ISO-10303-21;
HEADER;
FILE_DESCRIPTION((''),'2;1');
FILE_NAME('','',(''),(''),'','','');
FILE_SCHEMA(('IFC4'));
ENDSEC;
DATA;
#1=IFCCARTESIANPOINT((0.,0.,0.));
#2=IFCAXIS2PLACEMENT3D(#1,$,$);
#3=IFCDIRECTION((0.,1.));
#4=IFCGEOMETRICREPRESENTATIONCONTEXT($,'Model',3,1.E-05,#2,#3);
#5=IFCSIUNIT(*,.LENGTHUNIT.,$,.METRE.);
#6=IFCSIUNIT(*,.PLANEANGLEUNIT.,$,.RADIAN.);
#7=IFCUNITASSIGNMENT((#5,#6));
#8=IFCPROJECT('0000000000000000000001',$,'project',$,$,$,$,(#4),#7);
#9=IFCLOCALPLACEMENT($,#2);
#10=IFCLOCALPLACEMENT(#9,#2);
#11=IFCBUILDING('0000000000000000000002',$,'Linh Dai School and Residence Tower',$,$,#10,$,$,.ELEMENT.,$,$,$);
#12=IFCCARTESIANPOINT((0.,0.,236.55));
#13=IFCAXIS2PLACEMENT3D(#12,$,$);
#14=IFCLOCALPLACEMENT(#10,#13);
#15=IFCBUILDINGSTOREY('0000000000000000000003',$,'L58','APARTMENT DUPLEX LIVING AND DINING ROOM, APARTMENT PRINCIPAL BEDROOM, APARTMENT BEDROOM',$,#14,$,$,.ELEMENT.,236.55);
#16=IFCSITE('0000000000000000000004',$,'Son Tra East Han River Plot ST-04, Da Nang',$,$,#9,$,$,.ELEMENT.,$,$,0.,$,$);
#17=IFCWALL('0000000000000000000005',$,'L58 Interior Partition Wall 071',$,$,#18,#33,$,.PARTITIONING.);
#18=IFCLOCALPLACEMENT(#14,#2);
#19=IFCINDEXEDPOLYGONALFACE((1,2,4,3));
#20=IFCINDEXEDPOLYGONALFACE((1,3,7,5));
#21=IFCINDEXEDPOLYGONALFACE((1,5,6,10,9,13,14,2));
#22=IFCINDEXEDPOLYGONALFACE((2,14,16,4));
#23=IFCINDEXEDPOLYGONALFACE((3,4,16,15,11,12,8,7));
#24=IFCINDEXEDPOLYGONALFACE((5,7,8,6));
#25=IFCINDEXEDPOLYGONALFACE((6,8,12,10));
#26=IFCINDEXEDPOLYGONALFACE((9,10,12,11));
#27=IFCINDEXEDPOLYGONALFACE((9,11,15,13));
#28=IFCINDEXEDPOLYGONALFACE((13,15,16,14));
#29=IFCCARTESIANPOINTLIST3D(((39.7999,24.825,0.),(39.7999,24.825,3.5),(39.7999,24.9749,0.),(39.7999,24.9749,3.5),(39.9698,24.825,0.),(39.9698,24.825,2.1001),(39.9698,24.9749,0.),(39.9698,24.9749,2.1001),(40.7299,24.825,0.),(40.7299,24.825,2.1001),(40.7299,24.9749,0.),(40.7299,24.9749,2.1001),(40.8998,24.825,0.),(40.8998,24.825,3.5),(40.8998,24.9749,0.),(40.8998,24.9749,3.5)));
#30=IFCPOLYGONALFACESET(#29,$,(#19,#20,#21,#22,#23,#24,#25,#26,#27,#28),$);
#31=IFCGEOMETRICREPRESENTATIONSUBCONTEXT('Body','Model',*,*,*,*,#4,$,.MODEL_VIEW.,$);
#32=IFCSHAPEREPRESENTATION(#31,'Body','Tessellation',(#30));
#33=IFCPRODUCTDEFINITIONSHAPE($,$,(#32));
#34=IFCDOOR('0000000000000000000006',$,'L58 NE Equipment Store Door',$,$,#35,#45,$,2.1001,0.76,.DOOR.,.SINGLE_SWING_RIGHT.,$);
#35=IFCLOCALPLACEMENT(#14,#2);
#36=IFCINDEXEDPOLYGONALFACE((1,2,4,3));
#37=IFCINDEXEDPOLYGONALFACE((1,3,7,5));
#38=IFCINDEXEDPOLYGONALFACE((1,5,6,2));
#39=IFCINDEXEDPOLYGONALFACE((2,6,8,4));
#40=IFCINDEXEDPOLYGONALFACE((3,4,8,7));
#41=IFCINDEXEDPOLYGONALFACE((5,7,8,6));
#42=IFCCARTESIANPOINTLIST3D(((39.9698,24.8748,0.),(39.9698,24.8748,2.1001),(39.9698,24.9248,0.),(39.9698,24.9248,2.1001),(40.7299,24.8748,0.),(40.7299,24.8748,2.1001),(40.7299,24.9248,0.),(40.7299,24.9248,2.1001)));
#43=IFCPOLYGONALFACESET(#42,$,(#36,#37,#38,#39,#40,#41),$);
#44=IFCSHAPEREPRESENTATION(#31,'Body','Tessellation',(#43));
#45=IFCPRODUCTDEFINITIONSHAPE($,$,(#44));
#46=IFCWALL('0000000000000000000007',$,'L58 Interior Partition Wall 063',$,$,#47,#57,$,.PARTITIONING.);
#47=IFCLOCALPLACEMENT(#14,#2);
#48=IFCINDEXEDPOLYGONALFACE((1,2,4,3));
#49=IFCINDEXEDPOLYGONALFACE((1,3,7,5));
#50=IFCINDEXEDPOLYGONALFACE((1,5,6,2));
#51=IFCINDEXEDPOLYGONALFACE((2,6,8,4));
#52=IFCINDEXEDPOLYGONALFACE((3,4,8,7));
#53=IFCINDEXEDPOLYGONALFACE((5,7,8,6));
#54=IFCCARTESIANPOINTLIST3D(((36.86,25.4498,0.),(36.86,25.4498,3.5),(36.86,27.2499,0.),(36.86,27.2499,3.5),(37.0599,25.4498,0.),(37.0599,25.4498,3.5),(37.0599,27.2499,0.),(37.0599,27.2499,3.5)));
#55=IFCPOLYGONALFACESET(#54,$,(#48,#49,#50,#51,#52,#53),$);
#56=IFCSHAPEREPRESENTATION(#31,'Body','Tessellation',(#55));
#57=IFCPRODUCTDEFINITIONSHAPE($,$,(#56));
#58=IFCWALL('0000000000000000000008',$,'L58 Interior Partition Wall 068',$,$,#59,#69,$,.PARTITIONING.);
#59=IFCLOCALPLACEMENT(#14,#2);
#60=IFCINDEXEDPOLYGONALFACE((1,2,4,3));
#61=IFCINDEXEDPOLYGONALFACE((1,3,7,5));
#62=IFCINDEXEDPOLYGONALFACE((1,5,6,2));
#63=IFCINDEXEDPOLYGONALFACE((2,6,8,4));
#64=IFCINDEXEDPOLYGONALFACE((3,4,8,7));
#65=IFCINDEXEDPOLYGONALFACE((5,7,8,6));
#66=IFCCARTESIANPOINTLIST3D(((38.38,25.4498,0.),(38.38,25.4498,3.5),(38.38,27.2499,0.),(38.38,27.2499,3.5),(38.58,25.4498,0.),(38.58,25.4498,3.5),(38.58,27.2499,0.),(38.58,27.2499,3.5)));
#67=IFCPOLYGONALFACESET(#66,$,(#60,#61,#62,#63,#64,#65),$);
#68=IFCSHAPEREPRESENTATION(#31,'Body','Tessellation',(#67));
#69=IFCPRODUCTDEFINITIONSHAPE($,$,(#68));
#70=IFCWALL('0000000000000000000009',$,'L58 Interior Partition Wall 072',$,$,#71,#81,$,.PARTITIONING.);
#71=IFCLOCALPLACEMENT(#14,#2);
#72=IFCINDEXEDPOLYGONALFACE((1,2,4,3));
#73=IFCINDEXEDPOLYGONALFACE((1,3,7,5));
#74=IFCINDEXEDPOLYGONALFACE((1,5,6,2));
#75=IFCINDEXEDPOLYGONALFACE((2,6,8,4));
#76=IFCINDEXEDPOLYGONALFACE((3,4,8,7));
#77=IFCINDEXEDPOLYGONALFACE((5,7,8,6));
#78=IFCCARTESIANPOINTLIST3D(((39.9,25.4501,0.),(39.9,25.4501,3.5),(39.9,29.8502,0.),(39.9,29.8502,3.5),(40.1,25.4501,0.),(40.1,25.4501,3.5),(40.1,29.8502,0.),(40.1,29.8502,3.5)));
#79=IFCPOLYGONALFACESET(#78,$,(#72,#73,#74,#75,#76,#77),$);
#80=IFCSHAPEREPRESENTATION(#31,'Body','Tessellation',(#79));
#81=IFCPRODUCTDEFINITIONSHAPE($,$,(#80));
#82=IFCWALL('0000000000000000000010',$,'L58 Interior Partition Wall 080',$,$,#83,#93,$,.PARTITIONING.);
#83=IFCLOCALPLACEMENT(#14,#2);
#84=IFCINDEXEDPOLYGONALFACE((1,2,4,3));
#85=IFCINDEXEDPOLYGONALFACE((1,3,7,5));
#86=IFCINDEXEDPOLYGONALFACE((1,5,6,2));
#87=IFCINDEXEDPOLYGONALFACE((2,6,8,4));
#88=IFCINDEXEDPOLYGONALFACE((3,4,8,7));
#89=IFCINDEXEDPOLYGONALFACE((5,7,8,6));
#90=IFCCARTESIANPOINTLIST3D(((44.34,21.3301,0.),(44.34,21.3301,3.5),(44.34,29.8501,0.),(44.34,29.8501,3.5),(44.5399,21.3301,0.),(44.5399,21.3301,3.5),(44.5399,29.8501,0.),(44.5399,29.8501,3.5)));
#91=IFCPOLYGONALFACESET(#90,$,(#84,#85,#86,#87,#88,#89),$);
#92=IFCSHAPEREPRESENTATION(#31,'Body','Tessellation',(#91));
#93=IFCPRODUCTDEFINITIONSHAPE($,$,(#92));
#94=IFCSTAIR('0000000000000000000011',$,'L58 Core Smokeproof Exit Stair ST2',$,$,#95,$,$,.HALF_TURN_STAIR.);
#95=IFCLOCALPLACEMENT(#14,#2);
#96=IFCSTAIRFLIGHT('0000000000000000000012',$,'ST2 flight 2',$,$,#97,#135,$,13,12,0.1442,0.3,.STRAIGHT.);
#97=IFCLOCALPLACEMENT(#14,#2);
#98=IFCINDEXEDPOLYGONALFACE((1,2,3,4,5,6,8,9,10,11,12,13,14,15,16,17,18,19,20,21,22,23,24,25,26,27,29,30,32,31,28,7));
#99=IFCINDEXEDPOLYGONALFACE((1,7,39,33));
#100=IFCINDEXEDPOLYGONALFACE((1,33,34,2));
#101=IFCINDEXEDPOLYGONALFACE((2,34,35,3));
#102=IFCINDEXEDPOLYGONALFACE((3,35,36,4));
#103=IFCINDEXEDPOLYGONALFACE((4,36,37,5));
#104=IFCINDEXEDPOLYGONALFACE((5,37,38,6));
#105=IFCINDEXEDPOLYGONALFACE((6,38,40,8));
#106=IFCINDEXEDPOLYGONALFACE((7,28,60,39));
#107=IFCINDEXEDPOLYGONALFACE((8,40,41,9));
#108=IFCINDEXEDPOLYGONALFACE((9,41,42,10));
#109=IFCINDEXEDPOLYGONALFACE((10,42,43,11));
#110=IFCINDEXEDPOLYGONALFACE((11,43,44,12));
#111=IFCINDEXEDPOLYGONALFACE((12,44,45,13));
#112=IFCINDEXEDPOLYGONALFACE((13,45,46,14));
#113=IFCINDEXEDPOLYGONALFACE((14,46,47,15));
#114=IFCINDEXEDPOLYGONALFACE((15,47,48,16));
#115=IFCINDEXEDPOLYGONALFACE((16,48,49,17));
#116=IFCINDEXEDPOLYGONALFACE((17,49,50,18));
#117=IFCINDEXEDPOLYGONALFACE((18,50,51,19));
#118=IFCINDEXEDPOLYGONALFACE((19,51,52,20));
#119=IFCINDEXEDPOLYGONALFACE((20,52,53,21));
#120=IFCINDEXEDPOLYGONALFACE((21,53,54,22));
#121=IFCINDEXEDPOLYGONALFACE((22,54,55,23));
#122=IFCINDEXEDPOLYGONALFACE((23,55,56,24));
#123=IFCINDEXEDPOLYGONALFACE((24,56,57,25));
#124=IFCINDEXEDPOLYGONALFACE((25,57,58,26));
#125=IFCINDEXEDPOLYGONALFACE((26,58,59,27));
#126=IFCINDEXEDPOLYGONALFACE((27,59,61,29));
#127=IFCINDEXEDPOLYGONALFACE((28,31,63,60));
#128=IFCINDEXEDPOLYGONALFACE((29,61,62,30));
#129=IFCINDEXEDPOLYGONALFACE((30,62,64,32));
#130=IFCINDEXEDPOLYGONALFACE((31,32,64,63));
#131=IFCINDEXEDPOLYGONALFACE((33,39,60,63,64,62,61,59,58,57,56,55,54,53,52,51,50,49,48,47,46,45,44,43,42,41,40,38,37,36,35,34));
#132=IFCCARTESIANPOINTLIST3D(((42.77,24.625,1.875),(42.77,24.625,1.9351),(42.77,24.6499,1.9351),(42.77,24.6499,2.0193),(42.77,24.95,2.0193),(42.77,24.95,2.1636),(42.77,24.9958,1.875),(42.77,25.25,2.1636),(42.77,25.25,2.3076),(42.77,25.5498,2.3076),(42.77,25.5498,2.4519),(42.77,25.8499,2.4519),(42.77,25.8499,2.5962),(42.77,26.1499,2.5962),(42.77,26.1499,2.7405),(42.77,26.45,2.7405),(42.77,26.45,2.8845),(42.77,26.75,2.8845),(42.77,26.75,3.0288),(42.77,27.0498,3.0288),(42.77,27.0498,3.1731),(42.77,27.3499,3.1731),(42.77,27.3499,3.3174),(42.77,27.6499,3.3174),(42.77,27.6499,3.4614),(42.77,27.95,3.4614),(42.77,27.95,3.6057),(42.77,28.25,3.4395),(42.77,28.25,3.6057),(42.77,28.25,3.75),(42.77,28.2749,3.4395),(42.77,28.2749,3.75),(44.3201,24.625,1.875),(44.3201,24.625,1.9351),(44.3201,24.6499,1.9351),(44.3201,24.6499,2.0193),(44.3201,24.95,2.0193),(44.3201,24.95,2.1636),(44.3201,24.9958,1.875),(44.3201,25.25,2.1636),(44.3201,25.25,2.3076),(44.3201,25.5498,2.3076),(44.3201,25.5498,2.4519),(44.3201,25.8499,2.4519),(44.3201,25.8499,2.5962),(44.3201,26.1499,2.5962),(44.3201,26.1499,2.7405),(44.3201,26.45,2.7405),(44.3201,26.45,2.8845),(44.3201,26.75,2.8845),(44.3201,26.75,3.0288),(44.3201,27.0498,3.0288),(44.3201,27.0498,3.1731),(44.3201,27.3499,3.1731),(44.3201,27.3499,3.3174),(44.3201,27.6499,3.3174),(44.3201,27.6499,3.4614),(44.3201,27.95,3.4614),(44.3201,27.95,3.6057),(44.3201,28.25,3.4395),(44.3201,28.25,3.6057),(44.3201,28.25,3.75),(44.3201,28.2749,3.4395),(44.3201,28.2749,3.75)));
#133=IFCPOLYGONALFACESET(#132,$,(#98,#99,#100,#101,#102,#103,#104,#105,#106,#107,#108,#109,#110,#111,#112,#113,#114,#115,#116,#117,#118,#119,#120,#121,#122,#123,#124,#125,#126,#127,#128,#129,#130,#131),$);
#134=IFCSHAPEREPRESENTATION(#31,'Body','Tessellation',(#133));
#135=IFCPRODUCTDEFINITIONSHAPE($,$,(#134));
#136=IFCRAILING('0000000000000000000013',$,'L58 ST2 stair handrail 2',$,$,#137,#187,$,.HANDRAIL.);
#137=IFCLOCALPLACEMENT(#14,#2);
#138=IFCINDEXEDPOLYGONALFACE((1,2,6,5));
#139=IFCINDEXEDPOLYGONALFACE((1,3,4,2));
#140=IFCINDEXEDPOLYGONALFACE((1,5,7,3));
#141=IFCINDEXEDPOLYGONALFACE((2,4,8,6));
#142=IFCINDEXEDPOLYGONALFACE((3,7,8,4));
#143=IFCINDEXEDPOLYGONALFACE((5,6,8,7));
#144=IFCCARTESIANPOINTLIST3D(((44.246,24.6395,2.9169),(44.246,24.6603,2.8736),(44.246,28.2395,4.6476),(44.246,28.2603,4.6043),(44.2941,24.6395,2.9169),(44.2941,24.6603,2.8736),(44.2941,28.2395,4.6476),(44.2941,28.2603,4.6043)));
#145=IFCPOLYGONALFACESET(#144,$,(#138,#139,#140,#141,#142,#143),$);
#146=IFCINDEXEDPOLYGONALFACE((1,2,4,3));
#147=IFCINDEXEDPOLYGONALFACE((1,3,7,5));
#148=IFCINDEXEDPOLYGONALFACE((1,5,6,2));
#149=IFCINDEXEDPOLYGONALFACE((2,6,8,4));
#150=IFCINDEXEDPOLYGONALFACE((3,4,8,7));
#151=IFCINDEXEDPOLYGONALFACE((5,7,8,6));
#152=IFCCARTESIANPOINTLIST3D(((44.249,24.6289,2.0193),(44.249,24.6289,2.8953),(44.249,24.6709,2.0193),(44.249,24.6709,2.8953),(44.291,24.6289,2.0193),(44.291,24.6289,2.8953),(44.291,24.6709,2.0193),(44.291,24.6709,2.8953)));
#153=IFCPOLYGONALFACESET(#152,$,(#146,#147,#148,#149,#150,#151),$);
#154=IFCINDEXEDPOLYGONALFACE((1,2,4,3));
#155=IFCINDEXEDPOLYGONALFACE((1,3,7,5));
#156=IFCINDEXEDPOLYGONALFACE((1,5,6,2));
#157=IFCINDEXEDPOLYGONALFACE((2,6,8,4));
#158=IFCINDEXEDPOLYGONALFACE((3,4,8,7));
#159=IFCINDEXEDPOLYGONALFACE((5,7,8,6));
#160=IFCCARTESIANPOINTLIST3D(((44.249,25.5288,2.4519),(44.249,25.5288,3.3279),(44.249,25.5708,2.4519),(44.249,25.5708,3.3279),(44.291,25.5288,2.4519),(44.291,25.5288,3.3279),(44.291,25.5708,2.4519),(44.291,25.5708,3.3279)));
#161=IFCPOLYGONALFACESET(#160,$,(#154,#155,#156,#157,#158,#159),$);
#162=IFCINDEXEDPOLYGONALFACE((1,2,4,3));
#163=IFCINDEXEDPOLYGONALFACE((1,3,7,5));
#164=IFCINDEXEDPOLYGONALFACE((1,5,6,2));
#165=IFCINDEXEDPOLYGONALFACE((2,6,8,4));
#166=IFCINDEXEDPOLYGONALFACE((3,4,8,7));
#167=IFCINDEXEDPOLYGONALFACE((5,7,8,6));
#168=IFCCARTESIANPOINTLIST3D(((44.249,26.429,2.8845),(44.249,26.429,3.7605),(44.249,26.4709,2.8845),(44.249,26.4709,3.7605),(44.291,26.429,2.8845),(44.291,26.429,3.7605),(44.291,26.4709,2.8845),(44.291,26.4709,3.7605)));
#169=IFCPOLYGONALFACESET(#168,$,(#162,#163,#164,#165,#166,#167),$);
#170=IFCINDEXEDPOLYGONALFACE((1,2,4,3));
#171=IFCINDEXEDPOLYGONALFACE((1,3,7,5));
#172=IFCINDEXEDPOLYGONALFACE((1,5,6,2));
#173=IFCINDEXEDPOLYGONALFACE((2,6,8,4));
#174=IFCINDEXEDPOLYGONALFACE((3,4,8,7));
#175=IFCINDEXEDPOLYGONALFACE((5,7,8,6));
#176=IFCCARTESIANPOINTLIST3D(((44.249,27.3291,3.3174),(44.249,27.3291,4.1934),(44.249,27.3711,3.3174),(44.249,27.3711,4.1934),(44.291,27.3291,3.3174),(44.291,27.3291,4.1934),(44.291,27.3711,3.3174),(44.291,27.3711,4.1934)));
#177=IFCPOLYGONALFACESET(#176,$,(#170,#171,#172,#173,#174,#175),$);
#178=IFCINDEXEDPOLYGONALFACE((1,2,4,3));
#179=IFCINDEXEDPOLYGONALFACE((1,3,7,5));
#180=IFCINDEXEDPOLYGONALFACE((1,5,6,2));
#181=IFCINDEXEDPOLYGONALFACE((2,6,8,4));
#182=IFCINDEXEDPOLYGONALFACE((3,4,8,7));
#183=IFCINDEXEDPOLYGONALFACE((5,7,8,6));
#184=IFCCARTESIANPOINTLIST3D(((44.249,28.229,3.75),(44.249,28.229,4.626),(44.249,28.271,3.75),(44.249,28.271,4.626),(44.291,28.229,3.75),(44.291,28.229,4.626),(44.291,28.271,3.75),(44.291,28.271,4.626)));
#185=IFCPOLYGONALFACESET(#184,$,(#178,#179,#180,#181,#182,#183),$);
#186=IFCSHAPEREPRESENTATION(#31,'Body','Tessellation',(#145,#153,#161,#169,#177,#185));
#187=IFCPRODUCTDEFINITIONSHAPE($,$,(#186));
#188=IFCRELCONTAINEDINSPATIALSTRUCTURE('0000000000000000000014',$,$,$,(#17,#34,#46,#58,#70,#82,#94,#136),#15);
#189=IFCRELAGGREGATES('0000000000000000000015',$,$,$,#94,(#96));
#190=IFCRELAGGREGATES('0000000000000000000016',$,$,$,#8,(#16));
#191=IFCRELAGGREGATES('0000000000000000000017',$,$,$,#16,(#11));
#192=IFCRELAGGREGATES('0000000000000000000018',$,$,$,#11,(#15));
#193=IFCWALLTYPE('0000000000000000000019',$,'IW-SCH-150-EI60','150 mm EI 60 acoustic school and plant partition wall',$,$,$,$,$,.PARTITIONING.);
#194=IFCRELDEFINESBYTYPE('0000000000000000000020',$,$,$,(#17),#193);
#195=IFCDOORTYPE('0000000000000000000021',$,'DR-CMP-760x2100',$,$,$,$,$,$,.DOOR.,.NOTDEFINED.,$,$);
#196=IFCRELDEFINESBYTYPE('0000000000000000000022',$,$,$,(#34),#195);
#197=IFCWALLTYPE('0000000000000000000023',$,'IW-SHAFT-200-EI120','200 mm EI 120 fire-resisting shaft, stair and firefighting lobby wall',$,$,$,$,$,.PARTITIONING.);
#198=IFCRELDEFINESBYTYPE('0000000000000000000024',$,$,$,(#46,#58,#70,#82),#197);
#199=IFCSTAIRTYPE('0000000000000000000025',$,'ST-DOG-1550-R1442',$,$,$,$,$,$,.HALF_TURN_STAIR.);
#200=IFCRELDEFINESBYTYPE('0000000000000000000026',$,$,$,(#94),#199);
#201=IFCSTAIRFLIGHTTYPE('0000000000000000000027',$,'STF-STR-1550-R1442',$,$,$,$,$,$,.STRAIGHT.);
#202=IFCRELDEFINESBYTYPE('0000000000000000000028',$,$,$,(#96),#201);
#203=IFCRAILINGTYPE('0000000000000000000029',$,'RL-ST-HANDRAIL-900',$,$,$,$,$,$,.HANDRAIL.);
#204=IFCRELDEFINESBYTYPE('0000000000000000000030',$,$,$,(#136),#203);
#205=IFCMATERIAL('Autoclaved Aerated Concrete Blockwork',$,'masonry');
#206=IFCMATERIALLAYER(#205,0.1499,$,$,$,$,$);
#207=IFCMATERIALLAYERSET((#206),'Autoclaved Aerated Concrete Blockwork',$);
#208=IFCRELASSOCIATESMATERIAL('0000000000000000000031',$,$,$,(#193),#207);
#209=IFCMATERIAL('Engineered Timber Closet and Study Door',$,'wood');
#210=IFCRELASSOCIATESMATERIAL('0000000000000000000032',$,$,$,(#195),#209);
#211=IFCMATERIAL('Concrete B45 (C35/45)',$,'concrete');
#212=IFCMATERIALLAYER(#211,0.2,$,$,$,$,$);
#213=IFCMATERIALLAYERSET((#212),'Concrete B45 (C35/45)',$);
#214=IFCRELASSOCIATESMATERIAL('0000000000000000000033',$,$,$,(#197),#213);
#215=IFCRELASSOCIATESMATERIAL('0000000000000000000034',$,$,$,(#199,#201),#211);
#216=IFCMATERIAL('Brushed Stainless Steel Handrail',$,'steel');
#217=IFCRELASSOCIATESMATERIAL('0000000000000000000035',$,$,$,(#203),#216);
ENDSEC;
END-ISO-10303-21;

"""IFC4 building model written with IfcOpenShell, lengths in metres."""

from ifc_helpers import new_model, si_unit, direction, frame, frame_2d, origin, origin_2d, place, context, subcontext, project, spatial, polyline, rectangle, outline, extrude, source, transform, mapped, material, layer, layer_set, type_object, element, fill, aggregate, save


model = new_model("IFC4")

# Units and contexts
model_context = context("Model", 3, precision=1e-05, world=origin(), true_north=direction((0.0, 1.0)))
body_context = subcontext(model_context, "Body", "Model", "MODEL_VIEW")
ifc_project = project(units=[si_unit("LENGTHUNIT", "METRE"), si_unit("PLANEANGLEUNIT", "RADIAN")], contexts=[model_context])

# Site, building, storey
site_placement = place(None, origin())
site = spatial("IfcSite", under=ifc_project, at=site_placement, Name="Son Tra East Han River Plot ST-04, Da Nang", CompositionType="ELEMENT", RefElevation=0.0)
building_placement = place(site_placement, origin())
building = spatial("IfcBuilding", under=site, at=building_placement, Name="Linh Dai School and Residence Tower", CompositionType="ELEMENT")
storey_placement = place(building_placement, frame((0.0, 0.0, 236.55)))
storey = spatial("IfcBuildingStorey", under=building, at=storey_placement, Name="L58", Description="APARTMENT DUPLEX LIVING AND DINING ROOM, APARTMENT PRINCIPAL BEDROOM, APARTMENT BEDROOM", CompositionType="ELEMENT", Elevation=236.55)

# Shared definitions
ifc_material_1 = material(Name="Autoclaved Aerated Concrete Blockwork", Category="masonry")

# Wall, opening, door
ifc_layer_1 = layer(ifc_material_1, 0.1499)
ifc_layer_set_1 = layer_set([ifc_layer_1], Name="Autoclaved Aerated Concrete Blockwork")
wall_type_1 = type_object("IfcWallType", Name="IW-SCH-150-EI60", Description="150 mm EI 60 acoustic school and plant partition wall", PredefinedType="PARTITIONING", material=ifc_layer_set_1)
wall_1_placement = place(storey_placement, frame((39.8, 24.8999, 0.0), z_axis=(0.0, 0.0, 1.0), x_axis=(1.0, 0.0, 0.0)))
wall_1 = element("IfcWall", 1, at=wall_1_placement, inside=storey, type_object=wall_type_1, Name="L58 Interior Partition Wall 071", PredefinedType="PARTITIONING", context=body_context, shape_type="SweptSolid", body=[
    extrude(rectangle(XDim=1.0999, YDim=0.1499, at=frame_2d((0.5498, 0.0))), origin(), (0.0, 0.0, 1.0), 3.5),
])
opening_1_placement = place(wall_1_placement, frame((0.1699, 0.0, 0.0)))
opening_1 = element("IfcOpeningElement", 2, at=opening_1_placement, cuts=wall_1, PredefinedType="OPENING", context=body_context, shape_type="SweptSolid", body=[
    extrude(rectangle(XDim=0.76, YDim=2.1001, at=origin_2d()), frame((0.3799, 0.085, 1.05), z_axis=(0.0, -1.0, 0.0), x_axis=(1.0, 0.0, 0.0)), (0.0, 0.0, 1.0), 0.1699),
])
ifc_material_2 = material(Name="Engineered Timber Closet and Study Door", Category="wood")
door_type_1 = type_object("IfcDoorType", Name="DR-CMP-760x2100", OperationType="NOTDEFINED", PredefinedType="DOOR", material=ifc_material_2)
shared_shape_1 = source(origin(), body_context, "Body", "SweptSolid", [
    extrude(rectangle(XDim=0.76, YDim=2.1001, at=origin_2d()), frame((0.3799, 0.0249, 1.05), z_axis=(0.0, -1.0, 0.0), x_axis=(1.0, 0.0, 0.0)), (0.0, 0.0, 1.0), 0.05),
])
door_1_placement = place(opening_1_placement, origin())
door_1 = element("IfcDoor", 3, at=door_1_placement, inside=storey, type_object=door_type_1, Name="L58 NE Equipment Store Door", OperationType="SINGLE_SWING_RIGHT", OverallHeight=2.1001, OverallWidth=0.76, PredefinedType="DOOR", context=body_context, shape_type="MappedRepresentation", body=[
    mapped(shared_shape_1, transform((0.0, 0.0, 0.0), x_axis=(1.0, 0.0, 0.0), y_axis=(0.0, 1.0, 0.0), z_axis=(0.0, 0.0, 1.0), scale=1.0)),
])
fill(opening_1, door_1)

# Walls
ifc_material_3 = material(Name="Concrete B45 (C35/45)", Category="concrete")
ifc_layer_2 = layer(ifc_material_3, 0.2)
ifc_layer_set_2 = layer_set([ifc_layer_2], Name="Concrete B45 (C35/45)")
wall_type_2 = type_object("IfcWallType", Name="IW-SHAFT-200-EI120", Description="200 mm EI 120 fire-resisting shaft, stair and firefighting lobby wall", PredefinedType="PARTITIONING", material=ifc_layer_set_2)
for number, where, z_axis, x_axis, name in (
    (4, (36.96, 25.45, 0.0), (0.0, 0.0, 1.0), (0.0, 1.0, 0.0), "L58 Interior Partition Wall 063"),
    (5, (38.48, 25.45, 0.0), (0.0, 0.0, 1.0), (0.0, 1.0, 0.0), "L58 Interior Partition Wall 068"),
):
    element("IfcWall", number, at=place(storey_placement, frame(where, z_axis=z_axis, x_axis=x_axis)), inside=storey, type_object=wall_type_2, Name=name, PredefinedType="PARTITIONING", context=body_context, shape_type="SweptSolid", body=[
        extrude(rectangle(XDim=1.8, YDim=0.2, at=frame_2d((0.8999, 0.0))), origin(), (0.0, 0.0, 1.0), 3.5),
    ])
wall_2_placement = place(storey_placement, frame((40.0, 25.45, 0.0), z_axis=(0.0, 0.0, 1.0), x_axis=(0.0, 1.0, 0.0)))
element("IfcWall", 6, at=wall_2_placement, inside=storey, type_object=wall_type_2, Name="L58 Interior Partition Wall 072", PredefinedType="PARTITIONING", context=body_context, shape_type="SweptSolid", body=[
    extrude(rectangle(XDim=4.4001, YDim=0.2, at=frame_2d((2.2002, 0.0))), origin(), (0.0, 0.0, 1.0), 3.5),
])
wall_3_placement = place(storey_placement, frame((44.4399, 21.3301, 0.0), z_axis=(0.0, 0.0, 1.0), x_axis=(0.0, 1.0, 0.0)))
element("IfcWall", 7, at=wall_3_placement, inside=storey, type_object=wall_type_2, Name="L58 Interior Partition Wall 080", PredefinedType="PARTITIONING", context=body_context, shape_type="SweptSolid", body=[
    extrude(rectangle(XDim=8.52, YDim=0.2, at=frame_2d((4.26, 0.0))), origin(), (0.0, 0.0, 1.0), 3.5),
])

# Stair, stair flight
stair_type = type_object("IfcStairType", Name="ST-DOG-1550-R1442", PredefinedType="HALF_TURN_STAIR", material=ifc_material_3)
stair_placement = place(storey_placement, origin())
stair = element("IfcStair", 8, at=stair_placement, inside=storey, type_object=stair_type, Name="L58 Core Smokeproof Exit Stair ST2", PredefinedType="HALF_TURN_STAIR")
stair_flight_type = type_object("IfcStairFlightType", Name="STF-STR-1550-R1442", PredefinedType="STRAIGHT", material=ifc_material_3)
shared_shape_2 = source(origin(), body_context, "Body", "SweptSolid", [
    extrude(outline(polyline([(-0.0249, 0.0), (-0.0249, 0.0601), (0.0, 0.0601), (0.0, 0.1443), (0.3, 0.1443), (0.3, 0.2886), (0.6001, 0.2886), (0.6001, 0.4326), (0.8999, 0.4326), (0.8999, 0.5769), (1.2, 0.5769), (1.2, 0.7212), (1.5, 0.7212), (1.5, 0.8655), (1.8, 0.8655), (1.8, 1.0095), (2.1001, 1.0095), (2.1001, 1.1538), (2.3999, 1.1538), (2.3999, 1.2981), (2.7, 1.2981), (2.7, 1.4424), (3.0, 1.4424), (3.0, 1.5864), (3.3, 1.5864), (3.3, 1.7307), (3.6001, 1.7307), (3.6001, 1.875), (3.625, 1.875), (3.625, 1.5645), (3.6001, 1.5645), (0.3459, 0.0), (-0.0249, 0.0)])), frame((0.0, 0.7749, 0.0), z_axis=(0.0, -1.0, 0.0), x_axis=(1.0, 0.0, 0.0)), (0.0, 0.0, 1.0), 1.55),
])
stair_flight_placement = place(storey_placement, frame((43.5449, 24.6499, 1.875), z_axis=(0.0, 0.0, 1.0), x_axis=(0.0, 1.0, 0.0)))
stair_flight = element("IfcStairFlight", 9, at=stair_flight_placement, type_object=stair_flight_type, Name="ST2 flight 2", NumberOfRisers=13, NumberOfTreads=12, PredefinedType="STRAIGHT", RiserHeight=0.1442, TreadLength=0.3, context=body_context, shape_type="MappedRepresentation", body=[
    mapped(shared_shape_2, transform((0.0, 0.0, 0.0), x_axis=(1.0, 0.0, 0.0), y_axis=(0.0, 1.0, 0.0), z_axis=(0.0, 0.0, 1.0), scale=1.0)),
])
aggregate(stair, [stair_flight])

# Railing
ifc_material_4 = material(Name="Brushed Stainless Steel Handrail", Category="steel")
railing_type_1 = type_object("IfcRailingType", Name="RL-ST-HANDRAIL-900", PredefinedType="HANDRAIL", material=ifc_material_4)
shared_shape_3 = source(origin(), body_context, "Body", "SweptSolid", [
    extrude(rectangle(XDim=0.0481, YDim=0.0481, at=origin_2d()), frame((0.0, 0.0, 0.876), z_axis=(0.0, 0.901263, 0.433273), x_axis=(-1.0, 0.0, 0.0)), (0.0, 0.0, 1.0), 3.9944),
    extrude(rectangle(XDim=0.042, YDim=0.042, at=origin_2d()), origin(), (0.0, 0.0, 1.0), 0.876),
    extrude(rectangle(XDim=0.042, YDim=0.042, at=origin_2d()), frame((0.0, 0.8999, 0.4326)), (0.0, 0.0, 1.0), 0.876),
    extrude(rectangle(XDim=0.042, YDim=0.042, at=origin_2d()), frame((0.0, 1.8, 0.8652)), (0.0, 0.0, 1.0), 0.876),
    extrude(rectangle(XDim=0.042, YDim=0.042, at=origin_2d()), frame((0.0, 2.7002, 1.2981)), (0.0, 0.0, 1.0), 0.876),
    extrude(rectangle(XDim=0.042, YDim=0.042, at=origin_2d()), frame((0.0, 3.6001, 1.7307)), (0.0, 0.0, 1.0), 0.876),
])
railing_1_placement = place(storey_placement, frame((44.27, 24.6499, 2.0193)))
element("IfcRailing", 10, at=railing_1_placement, inside=storey, type_object=railing_type_1, Name="L58 ST2 stair handrail 2", PredefinedType="HANDRAIL", context=body_context, shape_type="MappedRepresentation", body=[
    mapped(shared_shape_3, transform((0.0, 0.0, 0.0), x_axis=(1.0, 0.0, 0.0), y_axis=(0.0, 1.0, 0.0), z_axis=(0.0, 0.0, 1.0), scale=1.0)),
])

save(model, "model.ifc")
